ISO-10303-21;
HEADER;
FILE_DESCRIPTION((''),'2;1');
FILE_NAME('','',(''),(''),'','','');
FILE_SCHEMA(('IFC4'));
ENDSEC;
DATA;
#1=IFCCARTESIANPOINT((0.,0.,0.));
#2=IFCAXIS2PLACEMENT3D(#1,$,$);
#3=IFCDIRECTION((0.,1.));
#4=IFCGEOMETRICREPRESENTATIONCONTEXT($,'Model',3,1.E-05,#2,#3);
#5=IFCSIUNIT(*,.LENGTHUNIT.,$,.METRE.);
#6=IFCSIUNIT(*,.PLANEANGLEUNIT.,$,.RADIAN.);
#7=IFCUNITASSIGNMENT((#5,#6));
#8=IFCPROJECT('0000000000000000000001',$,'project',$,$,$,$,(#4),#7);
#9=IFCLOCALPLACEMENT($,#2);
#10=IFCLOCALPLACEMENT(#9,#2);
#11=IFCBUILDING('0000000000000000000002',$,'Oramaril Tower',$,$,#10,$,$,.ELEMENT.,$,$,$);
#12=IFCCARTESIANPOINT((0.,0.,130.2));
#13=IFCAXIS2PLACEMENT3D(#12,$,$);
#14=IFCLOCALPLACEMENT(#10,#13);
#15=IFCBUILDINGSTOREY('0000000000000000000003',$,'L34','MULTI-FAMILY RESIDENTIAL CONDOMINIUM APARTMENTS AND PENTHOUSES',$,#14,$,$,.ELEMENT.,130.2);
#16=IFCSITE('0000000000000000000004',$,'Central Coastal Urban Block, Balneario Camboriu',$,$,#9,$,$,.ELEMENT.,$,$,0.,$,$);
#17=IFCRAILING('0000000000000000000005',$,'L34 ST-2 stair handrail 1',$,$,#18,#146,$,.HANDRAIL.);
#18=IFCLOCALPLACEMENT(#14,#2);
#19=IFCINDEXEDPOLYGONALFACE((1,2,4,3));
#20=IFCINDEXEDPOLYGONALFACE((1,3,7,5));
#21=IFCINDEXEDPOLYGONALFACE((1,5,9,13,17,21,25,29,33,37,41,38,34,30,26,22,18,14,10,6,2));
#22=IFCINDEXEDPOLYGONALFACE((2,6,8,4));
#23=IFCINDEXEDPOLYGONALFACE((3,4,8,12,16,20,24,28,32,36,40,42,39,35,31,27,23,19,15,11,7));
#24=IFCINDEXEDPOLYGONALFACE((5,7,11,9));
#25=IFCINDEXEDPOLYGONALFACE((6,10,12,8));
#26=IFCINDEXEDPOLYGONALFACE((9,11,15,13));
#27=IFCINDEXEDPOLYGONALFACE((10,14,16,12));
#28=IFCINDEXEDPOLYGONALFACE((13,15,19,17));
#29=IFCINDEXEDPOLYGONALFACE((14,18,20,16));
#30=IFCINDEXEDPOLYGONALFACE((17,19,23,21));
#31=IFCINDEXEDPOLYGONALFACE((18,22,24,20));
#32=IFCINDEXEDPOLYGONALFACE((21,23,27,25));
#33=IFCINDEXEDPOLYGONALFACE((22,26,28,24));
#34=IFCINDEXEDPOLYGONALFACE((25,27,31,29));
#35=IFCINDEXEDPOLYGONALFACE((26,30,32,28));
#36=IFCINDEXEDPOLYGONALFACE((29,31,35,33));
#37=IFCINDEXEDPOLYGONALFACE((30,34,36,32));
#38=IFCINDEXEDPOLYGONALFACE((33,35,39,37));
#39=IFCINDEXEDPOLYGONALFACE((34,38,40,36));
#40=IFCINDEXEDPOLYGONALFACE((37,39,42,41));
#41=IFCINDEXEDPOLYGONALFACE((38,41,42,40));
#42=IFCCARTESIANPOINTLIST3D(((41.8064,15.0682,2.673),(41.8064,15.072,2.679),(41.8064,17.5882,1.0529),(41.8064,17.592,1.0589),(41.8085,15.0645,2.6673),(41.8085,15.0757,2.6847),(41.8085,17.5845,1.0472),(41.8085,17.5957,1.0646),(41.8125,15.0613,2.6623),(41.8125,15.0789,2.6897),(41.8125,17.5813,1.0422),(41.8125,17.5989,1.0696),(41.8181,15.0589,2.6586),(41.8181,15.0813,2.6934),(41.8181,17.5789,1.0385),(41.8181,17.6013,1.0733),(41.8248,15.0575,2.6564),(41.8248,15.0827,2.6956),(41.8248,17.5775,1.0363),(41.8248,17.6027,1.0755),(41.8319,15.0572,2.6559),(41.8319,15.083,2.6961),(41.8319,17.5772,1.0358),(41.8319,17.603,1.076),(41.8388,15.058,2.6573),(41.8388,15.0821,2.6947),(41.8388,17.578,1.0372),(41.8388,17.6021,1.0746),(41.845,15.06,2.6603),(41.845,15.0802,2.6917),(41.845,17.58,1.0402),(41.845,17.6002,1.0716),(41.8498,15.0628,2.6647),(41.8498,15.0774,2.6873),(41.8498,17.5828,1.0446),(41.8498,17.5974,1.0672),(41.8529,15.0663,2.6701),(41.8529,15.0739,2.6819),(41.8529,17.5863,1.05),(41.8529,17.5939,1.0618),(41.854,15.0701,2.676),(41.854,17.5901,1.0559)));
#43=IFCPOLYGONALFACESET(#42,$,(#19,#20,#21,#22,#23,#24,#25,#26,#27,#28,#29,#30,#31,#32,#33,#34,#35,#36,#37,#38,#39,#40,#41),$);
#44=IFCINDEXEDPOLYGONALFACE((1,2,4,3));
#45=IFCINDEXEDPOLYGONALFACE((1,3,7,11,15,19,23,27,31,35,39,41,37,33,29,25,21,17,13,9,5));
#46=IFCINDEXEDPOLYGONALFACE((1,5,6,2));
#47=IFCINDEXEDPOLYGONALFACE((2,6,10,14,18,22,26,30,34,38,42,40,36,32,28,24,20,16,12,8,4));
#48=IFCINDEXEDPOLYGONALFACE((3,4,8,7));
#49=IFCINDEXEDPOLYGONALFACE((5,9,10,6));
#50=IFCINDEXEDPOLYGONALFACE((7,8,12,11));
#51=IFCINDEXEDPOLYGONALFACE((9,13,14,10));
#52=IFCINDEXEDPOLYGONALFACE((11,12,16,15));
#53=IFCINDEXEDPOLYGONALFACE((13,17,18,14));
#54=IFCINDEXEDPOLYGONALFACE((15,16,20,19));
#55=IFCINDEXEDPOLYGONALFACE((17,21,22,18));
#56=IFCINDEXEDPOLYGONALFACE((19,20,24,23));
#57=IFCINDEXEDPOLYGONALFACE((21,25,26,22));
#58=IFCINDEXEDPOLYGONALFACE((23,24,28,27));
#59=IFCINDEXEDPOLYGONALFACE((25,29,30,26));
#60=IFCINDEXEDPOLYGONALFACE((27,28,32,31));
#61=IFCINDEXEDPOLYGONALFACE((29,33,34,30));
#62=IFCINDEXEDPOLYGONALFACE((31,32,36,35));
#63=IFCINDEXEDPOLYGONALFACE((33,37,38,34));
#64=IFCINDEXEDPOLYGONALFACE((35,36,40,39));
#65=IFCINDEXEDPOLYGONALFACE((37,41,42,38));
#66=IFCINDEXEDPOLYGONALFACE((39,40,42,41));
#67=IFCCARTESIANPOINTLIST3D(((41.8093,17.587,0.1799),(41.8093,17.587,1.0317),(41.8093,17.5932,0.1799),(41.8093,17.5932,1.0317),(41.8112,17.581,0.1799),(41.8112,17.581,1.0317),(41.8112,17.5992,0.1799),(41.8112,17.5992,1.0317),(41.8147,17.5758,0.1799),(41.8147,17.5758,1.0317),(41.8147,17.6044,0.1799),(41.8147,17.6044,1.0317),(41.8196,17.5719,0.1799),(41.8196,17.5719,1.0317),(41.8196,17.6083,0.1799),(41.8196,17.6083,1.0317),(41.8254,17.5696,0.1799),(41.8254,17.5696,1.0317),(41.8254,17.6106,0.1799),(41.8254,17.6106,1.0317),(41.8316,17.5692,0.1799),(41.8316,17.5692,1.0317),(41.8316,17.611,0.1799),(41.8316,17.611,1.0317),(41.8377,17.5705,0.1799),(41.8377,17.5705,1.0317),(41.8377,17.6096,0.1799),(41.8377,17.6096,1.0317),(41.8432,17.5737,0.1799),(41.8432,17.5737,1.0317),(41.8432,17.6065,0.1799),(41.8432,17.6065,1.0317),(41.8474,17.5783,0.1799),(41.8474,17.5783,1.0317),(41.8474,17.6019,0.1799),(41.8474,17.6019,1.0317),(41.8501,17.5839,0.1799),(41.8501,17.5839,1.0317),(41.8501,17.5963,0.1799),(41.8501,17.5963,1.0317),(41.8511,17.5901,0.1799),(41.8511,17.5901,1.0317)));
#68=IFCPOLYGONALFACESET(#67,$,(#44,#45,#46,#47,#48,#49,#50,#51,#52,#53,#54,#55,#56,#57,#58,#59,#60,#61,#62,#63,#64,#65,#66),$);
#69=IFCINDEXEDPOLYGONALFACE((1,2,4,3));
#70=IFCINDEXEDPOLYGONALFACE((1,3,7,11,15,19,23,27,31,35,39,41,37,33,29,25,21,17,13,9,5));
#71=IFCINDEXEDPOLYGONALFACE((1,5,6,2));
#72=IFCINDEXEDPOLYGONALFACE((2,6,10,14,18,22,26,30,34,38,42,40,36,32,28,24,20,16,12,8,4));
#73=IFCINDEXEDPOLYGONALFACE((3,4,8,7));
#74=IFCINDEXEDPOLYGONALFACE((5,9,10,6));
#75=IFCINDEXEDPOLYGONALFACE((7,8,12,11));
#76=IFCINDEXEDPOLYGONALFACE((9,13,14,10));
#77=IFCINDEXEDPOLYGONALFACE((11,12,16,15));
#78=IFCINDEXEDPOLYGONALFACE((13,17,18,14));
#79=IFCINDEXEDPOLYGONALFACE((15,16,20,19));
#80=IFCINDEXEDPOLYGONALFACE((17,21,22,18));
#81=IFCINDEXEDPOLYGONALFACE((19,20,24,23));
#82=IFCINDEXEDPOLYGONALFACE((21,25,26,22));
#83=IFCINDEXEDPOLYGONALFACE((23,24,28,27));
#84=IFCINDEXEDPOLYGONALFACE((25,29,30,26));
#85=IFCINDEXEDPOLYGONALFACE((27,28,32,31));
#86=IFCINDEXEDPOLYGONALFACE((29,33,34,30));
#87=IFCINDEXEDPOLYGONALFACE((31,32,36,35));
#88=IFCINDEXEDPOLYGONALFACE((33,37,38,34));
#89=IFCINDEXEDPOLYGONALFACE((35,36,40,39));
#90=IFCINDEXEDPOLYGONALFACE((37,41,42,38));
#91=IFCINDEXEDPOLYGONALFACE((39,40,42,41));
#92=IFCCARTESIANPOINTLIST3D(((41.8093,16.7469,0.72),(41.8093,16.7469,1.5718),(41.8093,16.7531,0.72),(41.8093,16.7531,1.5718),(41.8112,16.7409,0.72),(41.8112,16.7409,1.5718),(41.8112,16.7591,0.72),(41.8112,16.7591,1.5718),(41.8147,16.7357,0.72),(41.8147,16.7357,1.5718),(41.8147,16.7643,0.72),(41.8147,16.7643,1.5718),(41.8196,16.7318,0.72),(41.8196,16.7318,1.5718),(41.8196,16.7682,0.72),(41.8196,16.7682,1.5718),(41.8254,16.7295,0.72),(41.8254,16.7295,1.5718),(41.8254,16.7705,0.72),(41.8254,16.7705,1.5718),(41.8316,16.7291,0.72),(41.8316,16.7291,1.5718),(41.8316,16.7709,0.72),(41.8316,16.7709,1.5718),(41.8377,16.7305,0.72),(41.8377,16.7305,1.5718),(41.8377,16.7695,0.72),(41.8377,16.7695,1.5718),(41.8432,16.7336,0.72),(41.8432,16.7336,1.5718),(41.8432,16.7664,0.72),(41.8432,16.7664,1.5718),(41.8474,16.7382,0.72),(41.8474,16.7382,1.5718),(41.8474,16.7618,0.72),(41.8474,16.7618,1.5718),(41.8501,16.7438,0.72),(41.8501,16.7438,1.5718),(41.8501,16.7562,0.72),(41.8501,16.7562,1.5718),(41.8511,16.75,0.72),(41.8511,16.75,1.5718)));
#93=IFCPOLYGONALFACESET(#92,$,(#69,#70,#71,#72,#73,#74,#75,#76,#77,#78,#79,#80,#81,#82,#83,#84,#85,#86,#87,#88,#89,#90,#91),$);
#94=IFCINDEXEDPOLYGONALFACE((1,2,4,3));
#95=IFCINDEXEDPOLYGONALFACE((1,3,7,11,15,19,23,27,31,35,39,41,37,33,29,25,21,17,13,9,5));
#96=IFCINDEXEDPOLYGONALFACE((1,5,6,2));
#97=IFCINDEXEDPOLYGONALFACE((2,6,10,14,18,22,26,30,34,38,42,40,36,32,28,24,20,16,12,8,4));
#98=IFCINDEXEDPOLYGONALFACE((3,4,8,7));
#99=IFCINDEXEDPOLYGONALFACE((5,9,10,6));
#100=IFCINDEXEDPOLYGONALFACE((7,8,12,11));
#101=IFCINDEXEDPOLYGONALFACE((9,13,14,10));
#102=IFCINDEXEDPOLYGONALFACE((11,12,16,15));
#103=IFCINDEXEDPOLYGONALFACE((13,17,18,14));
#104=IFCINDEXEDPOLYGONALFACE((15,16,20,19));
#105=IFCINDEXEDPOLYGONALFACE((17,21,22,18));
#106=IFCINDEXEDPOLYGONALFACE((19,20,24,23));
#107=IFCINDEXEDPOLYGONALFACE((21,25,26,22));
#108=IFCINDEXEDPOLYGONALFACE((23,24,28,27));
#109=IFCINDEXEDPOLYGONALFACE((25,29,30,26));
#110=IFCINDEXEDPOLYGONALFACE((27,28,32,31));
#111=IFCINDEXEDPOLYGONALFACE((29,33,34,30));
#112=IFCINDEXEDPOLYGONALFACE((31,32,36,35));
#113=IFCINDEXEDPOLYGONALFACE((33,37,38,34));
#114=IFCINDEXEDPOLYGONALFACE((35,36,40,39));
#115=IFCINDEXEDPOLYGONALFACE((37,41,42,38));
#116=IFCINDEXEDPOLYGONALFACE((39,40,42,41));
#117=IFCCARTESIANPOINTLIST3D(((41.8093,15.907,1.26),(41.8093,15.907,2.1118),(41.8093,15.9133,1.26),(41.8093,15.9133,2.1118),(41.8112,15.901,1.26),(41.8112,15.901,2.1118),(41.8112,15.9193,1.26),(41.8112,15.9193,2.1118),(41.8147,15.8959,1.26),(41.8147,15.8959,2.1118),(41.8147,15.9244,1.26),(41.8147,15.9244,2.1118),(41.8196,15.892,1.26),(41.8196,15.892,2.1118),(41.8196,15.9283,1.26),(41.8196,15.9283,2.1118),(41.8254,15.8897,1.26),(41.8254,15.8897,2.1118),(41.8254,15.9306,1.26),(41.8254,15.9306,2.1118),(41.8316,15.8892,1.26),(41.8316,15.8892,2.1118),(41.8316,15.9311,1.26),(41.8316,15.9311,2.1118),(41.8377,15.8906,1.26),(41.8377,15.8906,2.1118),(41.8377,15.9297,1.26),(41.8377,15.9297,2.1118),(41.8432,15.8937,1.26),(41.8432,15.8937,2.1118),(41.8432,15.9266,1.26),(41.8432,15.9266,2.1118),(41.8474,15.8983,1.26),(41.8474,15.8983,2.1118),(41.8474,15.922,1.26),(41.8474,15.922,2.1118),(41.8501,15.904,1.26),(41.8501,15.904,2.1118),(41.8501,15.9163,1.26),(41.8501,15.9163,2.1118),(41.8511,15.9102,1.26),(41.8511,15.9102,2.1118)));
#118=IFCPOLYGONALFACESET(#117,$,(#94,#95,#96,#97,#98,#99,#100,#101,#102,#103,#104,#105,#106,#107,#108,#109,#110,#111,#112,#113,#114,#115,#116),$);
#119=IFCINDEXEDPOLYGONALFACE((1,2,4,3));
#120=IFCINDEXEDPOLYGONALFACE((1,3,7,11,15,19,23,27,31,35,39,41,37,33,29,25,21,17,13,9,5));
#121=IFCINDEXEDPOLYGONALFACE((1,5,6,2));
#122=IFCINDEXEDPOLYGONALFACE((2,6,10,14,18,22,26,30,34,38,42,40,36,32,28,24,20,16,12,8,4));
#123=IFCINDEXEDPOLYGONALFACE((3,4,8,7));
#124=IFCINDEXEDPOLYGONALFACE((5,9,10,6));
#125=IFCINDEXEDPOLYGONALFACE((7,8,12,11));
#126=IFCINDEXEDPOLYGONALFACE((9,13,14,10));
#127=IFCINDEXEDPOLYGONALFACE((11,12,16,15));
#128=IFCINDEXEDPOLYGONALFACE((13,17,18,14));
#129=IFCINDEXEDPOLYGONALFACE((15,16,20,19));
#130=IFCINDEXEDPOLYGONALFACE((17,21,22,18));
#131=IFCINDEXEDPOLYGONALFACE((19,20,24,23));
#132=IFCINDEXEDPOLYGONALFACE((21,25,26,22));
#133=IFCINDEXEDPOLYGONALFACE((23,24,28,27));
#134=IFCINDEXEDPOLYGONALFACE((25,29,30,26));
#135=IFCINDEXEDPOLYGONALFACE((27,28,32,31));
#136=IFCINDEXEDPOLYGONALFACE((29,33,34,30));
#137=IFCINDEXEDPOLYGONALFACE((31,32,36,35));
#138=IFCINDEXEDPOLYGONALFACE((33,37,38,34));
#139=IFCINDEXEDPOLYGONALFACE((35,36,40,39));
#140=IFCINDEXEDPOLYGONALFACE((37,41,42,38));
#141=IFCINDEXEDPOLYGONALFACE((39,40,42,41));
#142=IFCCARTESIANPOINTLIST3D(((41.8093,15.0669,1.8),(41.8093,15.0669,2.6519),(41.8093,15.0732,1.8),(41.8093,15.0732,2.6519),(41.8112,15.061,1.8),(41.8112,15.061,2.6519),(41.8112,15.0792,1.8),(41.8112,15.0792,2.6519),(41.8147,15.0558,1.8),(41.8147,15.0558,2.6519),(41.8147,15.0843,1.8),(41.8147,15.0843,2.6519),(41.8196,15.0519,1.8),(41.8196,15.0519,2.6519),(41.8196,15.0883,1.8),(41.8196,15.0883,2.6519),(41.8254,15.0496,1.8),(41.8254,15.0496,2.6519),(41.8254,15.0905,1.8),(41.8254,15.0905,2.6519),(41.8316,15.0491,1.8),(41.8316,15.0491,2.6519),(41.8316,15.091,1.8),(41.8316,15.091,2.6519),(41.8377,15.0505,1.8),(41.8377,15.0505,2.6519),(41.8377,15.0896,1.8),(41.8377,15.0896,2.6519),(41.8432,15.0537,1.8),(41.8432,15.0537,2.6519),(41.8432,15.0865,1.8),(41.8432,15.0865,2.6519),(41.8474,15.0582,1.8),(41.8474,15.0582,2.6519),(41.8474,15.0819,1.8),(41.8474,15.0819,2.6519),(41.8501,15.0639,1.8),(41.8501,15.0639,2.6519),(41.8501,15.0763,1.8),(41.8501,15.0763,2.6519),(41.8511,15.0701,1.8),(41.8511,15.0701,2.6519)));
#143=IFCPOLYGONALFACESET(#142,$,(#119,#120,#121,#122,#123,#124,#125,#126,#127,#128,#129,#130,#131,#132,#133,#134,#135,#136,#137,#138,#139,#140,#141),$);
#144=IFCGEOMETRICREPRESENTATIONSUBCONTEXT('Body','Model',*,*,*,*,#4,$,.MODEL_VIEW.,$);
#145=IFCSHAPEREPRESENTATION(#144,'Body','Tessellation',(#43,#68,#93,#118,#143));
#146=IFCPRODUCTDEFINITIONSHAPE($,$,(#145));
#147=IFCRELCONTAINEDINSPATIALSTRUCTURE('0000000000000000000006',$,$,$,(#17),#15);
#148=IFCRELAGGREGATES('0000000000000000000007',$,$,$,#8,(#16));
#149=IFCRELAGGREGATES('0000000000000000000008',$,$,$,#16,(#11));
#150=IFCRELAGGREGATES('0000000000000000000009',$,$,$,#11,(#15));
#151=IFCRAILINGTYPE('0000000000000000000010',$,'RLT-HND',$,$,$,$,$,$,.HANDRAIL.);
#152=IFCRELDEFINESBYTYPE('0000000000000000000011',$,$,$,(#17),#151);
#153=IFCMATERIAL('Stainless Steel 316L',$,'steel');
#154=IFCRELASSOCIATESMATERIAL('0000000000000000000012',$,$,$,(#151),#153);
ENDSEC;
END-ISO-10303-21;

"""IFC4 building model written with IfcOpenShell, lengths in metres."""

from ifc_helpers import new_model, si_unit, direction, frame, origin, origin_2d, place, context, subcontext, project, spatial, circle, extrude, material, type_object, element, save


model = new_model("IFC4")

# Units and contexts
model_context = context("Model", 3, precision=1e-05, world=origin(), true_north=direction((0.0, 1.0)))
body_context = subcontext(model_context, "Body", "Model", "MODEL_VIEW")
ifc_project = project(units=[si_unit("LENGTHUNIT", "METRE"), si_unit("PLANEANGLEUNIT", "RADIAN")], contexts=[model_context])

# Site, building, storey
site_placement = place(None, origin())
site = spatial("IfcSite", under=ifc_project, at=site_placement, Name="Central Coastal Urban Block, Balneario Camboriu", CompositionType="ELEMENT", RefElevation=0.0)
building_placement = place(site_placement, origin())
building = spatial("IfcBuilding", under=site, at=building_placement, Name="Oramaril Tower", CompositionType="ELEMENT")
storey_placement = place(building_placement, frame((0.0, 0.0, 130.2)))
storey = spatial("IfcBuildingStorey", under=building, at=storey_placement, Name="L34", Description="MULTI-FAMILY RESIDENTIAL CONDOMINIUM APARTMENTS AND PENTHOUSES", CompositionType="ELEMENT", Elevation=130.2)

# Railing
ifc_material_1 = material(Name="Stainless Steel 316L", Category="steel")
railing_type_1 = type_object("IfcRailingType", Name="RLT-HND", PredefinedType="HANDRAIL", material=ifc_material_1)
railing_1_placement = place(storey_placement, frame((41.8301, 17.5901, 0.1799)))
element("IfcRailing", 1, at=railing_1_placement, inside=storey, type_object=railing_type_1, Name="L34 ST-2 stair handrail 1", PredefinedType="HANDRAIL", context=body_context, shape_type="SweptSolid", body=[
    extrude(circle(Radius=0.0239, at=origin_2d()), frame((0.0, 0.0, 0.876), z_axis=(0.0, -0.841163, 0.540782), x_axis=(1.0, 0.0, 0.0)), (0.0, 0.0, 1.0), 2.9958),
    extrude(circle(Radius=0.021, at=origin_2d()), origin(), (0.0, 0.0, 1.0), 0.8518),
    extrude(circle(Radius=0.021, at=origin_2d()), frame((0.0, -0.8401, 0.54)), (0.0, 0.0, 1.0), 0.8518),
    extrude(circle(Radius=0.021, at=origin_2d()), frame((0.0, -1.6799, 1.0801)), (0.0, 0.0, 1.0), 0.8518),
    extrude(circle(Radius=0.021, at=origin_2d()), frame((0.0, -2.52, 1.6201)), (0.0, 0.0, 1.0), 0.8518),
])

save(model, "model.ifc")
